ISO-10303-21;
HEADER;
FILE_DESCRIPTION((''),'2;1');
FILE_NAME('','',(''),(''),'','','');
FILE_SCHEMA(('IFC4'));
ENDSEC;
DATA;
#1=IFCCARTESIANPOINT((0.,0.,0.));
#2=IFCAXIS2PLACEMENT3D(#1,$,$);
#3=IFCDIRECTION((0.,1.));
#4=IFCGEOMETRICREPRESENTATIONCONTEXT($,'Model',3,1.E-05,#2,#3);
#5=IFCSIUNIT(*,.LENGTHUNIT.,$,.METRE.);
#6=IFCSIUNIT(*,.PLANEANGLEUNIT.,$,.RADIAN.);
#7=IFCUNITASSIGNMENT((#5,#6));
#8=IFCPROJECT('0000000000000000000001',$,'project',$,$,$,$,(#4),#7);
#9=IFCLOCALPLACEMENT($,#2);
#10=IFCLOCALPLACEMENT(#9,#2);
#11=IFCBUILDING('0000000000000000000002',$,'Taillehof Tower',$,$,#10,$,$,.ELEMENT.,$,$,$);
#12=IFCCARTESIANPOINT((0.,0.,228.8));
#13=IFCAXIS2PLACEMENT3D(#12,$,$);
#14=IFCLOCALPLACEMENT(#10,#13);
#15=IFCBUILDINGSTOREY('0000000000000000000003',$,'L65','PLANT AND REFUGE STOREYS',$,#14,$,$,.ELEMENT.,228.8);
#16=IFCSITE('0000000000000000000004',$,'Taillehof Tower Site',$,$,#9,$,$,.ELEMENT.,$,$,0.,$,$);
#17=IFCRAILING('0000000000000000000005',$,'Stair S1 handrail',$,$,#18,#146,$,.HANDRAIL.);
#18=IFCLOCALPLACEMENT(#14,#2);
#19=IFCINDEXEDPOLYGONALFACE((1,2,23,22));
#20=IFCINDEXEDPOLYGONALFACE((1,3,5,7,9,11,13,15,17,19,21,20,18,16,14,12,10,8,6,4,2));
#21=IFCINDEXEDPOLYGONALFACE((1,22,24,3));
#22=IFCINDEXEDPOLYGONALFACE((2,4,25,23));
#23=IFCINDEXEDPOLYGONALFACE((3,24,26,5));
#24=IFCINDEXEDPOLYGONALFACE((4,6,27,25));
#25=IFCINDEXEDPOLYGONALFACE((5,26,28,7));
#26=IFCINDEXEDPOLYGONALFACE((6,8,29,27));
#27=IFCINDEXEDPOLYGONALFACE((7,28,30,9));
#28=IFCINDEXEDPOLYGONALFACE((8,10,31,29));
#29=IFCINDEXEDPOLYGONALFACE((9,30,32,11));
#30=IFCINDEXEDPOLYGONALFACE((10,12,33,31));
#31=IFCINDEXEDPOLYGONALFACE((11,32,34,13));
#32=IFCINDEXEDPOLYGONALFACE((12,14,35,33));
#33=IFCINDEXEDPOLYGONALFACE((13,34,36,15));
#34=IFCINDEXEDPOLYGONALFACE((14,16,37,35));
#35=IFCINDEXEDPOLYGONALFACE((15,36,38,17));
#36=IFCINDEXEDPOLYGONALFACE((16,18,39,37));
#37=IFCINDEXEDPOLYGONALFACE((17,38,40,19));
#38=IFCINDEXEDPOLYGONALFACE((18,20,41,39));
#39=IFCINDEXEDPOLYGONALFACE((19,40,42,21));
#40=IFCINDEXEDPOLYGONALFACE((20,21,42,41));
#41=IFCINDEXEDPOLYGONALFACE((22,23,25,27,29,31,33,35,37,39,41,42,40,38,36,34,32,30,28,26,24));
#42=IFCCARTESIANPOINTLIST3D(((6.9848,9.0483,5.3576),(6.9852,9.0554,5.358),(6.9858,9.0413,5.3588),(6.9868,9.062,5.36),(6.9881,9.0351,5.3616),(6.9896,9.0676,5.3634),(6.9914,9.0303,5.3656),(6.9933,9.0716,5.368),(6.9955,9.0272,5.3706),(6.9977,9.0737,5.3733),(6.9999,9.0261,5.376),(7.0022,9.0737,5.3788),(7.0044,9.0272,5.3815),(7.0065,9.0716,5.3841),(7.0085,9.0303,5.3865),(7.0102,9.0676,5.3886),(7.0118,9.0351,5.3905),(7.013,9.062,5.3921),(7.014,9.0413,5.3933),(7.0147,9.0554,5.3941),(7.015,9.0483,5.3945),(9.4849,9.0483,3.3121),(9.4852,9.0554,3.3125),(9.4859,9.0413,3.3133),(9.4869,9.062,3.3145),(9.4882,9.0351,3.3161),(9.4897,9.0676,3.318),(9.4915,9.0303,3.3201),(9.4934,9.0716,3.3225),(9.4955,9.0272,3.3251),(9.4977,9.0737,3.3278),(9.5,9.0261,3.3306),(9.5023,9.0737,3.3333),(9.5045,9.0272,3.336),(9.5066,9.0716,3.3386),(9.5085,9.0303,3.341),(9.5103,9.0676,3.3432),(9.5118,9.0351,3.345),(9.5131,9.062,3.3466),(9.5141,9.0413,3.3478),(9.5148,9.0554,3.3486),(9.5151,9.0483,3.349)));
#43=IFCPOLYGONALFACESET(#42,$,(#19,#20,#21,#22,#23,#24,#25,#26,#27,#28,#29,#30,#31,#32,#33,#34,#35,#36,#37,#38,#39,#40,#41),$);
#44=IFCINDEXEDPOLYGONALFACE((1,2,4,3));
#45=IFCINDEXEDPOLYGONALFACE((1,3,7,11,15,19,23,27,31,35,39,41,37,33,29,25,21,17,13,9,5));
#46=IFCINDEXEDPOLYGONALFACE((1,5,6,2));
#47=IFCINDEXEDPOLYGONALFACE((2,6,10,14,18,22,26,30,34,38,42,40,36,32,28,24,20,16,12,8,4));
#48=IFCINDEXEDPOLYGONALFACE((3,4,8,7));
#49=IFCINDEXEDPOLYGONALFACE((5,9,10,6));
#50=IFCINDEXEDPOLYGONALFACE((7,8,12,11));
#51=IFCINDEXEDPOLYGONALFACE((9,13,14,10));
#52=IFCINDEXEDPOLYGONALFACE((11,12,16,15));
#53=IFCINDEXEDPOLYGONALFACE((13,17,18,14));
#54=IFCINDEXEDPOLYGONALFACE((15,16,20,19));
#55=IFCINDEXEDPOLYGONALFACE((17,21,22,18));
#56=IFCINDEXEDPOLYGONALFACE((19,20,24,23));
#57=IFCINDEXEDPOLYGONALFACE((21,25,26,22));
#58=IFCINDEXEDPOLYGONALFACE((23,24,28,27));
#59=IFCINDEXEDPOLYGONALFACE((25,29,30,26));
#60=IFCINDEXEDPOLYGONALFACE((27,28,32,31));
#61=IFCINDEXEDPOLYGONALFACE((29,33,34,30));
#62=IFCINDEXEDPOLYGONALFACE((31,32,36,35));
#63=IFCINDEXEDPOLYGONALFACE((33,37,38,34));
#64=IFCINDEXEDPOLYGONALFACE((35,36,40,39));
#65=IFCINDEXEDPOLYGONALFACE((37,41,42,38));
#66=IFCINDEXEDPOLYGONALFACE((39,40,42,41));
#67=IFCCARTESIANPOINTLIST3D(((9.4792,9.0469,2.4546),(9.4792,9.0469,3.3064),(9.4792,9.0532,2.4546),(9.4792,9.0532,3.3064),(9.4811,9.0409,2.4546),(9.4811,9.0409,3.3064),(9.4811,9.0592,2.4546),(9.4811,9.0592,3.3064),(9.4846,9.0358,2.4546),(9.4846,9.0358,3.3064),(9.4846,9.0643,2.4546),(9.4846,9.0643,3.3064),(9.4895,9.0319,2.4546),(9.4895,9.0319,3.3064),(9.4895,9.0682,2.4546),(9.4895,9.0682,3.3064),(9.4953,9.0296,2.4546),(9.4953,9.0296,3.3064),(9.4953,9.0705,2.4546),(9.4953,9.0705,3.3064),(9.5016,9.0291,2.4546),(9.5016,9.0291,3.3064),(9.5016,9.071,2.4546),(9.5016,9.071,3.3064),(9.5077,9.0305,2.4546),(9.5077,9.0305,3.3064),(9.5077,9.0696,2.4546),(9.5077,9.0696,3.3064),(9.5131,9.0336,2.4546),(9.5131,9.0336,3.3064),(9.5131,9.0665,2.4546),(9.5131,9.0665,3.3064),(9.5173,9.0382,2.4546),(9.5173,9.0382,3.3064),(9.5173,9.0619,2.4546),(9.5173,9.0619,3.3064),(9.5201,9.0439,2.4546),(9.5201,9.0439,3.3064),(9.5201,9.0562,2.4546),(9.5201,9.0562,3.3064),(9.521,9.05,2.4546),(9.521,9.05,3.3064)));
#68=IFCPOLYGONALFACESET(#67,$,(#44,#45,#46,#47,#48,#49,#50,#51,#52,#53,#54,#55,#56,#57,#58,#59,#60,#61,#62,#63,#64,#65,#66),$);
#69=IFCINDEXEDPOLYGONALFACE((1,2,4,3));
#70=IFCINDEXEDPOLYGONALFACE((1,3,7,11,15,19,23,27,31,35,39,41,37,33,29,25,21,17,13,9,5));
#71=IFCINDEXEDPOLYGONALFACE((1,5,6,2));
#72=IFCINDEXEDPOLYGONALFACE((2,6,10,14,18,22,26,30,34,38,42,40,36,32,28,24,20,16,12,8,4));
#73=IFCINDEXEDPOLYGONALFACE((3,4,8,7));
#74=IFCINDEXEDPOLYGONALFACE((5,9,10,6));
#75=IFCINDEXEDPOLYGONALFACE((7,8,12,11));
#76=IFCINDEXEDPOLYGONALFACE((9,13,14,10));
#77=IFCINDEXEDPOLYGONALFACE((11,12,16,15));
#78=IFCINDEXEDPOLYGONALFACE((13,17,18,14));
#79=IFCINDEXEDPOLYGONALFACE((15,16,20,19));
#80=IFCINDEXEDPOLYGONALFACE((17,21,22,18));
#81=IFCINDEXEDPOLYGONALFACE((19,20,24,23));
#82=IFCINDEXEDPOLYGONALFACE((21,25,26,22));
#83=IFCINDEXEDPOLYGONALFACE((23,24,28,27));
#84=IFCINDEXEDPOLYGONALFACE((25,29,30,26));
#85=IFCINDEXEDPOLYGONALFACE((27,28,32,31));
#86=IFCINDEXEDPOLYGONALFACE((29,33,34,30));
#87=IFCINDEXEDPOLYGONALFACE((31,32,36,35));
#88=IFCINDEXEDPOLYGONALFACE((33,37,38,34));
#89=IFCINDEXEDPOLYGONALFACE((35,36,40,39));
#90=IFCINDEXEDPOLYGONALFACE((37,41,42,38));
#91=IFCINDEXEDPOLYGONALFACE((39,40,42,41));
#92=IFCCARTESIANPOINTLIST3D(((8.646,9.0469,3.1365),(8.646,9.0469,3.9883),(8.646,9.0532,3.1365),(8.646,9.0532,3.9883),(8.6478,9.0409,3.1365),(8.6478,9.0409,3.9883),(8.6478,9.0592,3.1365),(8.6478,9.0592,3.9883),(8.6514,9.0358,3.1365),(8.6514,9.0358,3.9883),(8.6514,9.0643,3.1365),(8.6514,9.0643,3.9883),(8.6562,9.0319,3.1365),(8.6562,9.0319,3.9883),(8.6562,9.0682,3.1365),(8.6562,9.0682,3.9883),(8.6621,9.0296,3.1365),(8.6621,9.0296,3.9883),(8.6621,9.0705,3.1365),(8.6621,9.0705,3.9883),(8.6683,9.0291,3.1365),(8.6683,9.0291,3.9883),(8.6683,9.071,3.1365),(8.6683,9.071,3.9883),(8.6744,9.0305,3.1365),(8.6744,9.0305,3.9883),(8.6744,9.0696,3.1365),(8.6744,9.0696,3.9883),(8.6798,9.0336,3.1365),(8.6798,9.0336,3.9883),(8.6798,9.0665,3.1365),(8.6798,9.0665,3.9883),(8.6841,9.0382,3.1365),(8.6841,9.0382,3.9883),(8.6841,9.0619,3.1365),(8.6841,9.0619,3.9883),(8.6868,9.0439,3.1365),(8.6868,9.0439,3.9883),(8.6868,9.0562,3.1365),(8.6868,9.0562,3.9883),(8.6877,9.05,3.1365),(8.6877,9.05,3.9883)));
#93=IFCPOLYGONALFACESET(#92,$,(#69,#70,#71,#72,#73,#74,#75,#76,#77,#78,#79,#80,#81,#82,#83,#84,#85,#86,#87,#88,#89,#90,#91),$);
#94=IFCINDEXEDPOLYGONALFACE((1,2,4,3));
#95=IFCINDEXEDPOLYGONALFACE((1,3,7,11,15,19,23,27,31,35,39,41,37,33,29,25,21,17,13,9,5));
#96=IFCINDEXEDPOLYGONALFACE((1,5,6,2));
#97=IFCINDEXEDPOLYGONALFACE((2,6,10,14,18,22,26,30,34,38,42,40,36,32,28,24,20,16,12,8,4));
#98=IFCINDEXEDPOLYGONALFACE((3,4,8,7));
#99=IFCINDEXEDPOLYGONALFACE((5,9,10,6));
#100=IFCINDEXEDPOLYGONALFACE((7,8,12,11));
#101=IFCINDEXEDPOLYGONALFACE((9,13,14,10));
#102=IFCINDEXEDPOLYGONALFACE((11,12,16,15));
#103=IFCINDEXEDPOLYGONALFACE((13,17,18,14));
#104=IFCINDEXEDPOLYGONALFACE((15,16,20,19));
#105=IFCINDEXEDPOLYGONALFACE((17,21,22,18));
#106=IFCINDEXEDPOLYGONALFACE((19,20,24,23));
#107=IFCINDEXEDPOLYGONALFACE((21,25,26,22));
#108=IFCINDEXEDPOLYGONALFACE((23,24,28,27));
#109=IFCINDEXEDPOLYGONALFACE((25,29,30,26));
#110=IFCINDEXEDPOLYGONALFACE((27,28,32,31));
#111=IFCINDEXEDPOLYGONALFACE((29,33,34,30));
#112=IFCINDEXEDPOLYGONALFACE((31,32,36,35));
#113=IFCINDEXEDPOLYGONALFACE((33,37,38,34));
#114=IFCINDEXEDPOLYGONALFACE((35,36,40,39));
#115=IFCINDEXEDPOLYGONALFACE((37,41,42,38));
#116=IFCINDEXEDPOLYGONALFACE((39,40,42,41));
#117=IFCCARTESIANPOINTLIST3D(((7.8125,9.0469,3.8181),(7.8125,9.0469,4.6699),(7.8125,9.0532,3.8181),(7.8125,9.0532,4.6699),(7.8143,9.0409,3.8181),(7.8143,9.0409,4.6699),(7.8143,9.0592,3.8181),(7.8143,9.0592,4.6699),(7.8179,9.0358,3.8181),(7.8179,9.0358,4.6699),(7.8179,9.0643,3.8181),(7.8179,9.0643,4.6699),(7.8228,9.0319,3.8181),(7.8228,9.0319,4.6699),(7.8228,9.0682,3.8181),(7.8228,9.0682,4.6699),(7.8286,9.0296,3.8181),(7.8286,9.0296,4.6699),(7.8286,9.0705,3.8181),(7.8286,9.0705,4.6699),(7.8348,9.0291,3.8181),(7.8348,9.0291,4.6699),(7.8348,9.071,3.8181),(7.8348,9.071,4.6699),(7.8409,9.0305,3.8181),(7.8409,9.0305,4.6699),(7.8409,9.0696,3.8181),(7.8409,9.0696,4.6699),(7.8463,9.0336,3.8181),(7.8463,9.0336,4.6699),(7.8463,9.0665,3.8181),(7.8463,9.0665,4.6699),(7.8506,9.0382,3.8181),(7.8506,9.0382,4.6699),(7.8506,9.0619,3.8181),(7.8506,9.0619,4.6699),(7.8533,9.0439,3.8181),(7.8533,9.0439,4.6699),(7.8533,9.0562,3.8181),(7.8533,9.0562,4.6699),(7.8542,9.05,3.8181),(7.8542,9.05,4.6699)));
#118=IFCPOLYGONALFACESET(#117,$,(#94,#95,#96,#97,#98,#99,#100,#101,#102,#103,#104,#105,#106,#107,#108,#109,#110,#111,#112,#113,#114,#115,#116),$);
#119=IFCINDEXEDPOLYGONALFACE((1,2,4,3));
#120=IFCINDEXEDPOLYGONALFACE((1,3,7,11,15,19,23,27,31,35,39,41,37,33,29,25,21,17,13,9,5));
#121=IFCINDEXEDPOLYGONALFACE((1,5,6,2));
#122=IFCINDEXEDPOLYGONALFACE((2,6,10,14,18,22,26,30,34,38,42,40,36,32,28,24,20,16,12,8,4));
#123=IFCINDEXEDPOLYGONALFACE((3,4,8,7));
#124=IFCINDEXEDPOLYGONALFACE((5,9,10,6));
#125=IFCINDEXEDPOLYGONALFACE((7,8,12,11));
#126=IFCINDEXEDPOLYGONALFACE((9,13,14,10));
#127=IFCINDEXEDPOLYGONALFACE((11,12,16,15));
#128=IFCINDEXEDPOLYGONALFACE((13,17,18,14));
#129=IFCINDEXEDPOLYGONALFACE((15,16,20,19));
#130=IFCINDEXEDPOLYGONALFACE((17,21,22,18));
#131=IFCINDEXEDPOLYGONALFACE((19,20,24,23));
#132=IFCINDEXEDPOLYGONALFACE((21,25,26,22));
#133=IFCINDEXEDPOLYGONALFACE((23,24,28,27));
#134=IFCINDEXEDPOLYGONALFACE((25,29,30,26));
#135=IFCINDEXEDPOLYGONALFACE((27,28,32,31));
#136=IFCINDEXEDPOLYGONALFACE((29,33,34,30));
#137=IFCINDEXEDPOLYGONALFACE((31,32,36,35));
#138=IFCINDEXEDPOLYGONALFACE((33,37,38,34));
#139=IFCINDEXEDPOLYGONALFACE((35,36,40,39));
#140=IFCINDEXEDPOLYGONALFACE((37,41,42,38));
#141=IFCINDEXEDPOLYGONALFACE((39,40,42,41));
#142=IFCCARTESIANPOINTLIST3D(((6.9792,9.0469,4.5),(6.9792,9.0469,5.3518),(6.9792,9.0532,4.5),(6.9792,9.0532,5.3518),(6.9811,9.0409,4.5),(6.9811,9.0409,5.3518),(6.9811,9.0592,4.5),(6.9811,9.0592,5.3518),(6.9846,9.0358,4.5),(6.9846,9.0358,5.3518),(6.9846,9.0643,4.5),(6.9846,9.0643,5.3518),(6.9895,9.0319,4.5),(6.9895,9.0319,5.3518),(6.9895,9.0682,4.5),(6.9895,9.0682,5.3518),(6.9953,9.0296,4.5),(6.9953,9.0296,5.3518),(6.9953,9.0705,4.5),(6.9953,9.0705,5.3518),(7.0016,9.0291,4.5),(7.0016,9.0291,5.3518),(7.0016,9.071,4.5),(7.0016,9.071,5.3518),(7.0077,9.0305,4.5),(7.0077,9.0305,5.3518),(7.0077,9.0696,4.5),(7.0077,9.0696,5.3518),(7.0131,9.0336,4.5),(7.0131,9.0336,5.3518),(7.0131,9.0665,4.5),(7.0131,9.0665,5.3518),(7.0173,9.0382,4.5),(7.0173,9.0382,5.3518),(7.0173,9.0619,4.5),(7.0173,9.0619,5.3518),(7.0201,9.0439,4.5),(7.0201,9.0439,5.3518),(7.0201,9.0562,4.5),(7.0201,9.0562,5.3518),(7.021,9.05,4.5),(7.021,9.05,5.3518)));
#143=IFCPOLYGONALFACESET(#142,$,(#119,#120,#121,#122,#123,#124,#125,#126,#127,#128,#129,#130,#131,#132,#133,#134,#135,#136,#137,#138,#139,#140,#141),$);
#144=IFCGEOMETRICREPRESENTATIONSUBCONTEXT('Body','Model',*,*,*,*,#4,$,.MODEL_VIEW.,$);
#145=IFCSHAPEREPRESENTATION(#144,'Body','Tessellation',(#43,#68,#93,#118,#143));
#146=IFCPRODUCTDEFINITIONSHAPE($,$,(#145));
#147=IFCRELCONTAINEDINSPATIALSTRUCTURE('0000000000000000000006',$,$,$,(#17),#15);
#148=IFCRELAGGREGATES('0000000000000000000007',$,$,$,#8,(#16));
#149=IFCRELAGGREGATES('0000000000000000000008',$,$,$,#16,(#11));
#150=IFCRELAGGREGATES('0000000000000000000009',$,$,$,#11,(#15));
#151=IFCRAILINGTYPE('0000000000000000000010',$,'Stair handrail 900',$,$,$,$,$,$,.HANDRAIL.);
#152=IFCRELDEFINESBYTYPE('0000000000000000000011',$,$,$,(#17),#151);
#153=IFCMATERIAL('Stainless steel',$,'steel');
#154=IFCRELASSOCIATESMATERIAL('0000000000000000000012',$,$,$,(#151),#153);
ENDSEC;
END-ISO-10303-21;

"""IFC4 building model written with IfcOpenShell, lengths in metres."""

from ifc_helpers import new_model, si_unit, direction, frame, origin, origin_2d, place, context, subcontext, project, spatial, circle, extrude, material, type_object, element, save


model = new_model("IFC4")

# Units and contexts
model_context = context("Model", 3, precision=1e-05, world=origin(), true_north=direction((0.0, 1.0)))
body_context = subcontext(model_context, "Body", "Model", "MODEL_VIEW")
ifc_project = project(units=[si_unit("LENGTHUNIT", "METRE"), si_unit("PLANEANGLEUNIT", "RADIAN")], contexts=[model_context])

# Site, building, storey
site_placement = place(None, origin())
site = spatial("IfcSite", under=ifc_project, at=site_placement, Name="Taillehof Tower Site", CompositionType="ELEMENT", RefElevation=0.0)
building_placement = place(site_placement, origin())
building = spatial("IfcBuilding", under=site, at=building_placement, Name="Taillehof Tower", CompositionType="ELEMENT")
storey_placement = place(building_placement, frame((0.0, 0.0, 228.8)))
storey = spatial("IfcBuildingStorey", under=building, at=storey_placement, Name="L65", Description="PLANT AND REFUGE STOREYS", CompositionType="ELEMENT", Elevation=228.8)

# Railing
ifc_material_1 = material(Name="Stainless steel", Category="steel")
railing_type = type_object("IfcRailingType", Name="Stair handrail 900", PredefinedType="HANDRAIL", material=ifc_material_1)
railing_1_placement = place(storey_placement, frame((9.5, 9.05, 2.4546)))
element("IfcRailing", 1, at=railing_1_placement, inside=storey, type_object=railing_type, Name="Stair S1 handrail", PredefinedType="HANDRAIL", context=body_context, shape_type="SweptSolid", body=[
    extrude(circle(Radius=0.0239, at=origin_2d()), frame((0.0, 0.0, 0.876), z_axis=(-0.773964, 0.0, 0.63323), x_axis=(0.0, -1.0, 0.0)), (0.0, 0.0, 1.0), 3.2302),
    extrude(circle(Radius=0.021, at=origin_2d()), origin(), (0.0, 0.0, 1.0), 0.8518),
    extrude(circle(Radius=0.021, at=origin_2d()), frame((-0.8333, 0.0, 0.6819)), (0.0, 0.0, 1.0), 0.8518),
    extrude(circle(Radius=0.021, at=origin_2d()), frame((-1.6667, 0.0, 1.3635)), (0.0, 0.0, 1.0), 0.8518),
    extrude(circle(Radius=0.021, at=origin_2d()), frame((-2.5, 0.0, 2.0454)), (0.0, 0.0, 1.0), 0.8518),
])

save(model, "model.ifc")
